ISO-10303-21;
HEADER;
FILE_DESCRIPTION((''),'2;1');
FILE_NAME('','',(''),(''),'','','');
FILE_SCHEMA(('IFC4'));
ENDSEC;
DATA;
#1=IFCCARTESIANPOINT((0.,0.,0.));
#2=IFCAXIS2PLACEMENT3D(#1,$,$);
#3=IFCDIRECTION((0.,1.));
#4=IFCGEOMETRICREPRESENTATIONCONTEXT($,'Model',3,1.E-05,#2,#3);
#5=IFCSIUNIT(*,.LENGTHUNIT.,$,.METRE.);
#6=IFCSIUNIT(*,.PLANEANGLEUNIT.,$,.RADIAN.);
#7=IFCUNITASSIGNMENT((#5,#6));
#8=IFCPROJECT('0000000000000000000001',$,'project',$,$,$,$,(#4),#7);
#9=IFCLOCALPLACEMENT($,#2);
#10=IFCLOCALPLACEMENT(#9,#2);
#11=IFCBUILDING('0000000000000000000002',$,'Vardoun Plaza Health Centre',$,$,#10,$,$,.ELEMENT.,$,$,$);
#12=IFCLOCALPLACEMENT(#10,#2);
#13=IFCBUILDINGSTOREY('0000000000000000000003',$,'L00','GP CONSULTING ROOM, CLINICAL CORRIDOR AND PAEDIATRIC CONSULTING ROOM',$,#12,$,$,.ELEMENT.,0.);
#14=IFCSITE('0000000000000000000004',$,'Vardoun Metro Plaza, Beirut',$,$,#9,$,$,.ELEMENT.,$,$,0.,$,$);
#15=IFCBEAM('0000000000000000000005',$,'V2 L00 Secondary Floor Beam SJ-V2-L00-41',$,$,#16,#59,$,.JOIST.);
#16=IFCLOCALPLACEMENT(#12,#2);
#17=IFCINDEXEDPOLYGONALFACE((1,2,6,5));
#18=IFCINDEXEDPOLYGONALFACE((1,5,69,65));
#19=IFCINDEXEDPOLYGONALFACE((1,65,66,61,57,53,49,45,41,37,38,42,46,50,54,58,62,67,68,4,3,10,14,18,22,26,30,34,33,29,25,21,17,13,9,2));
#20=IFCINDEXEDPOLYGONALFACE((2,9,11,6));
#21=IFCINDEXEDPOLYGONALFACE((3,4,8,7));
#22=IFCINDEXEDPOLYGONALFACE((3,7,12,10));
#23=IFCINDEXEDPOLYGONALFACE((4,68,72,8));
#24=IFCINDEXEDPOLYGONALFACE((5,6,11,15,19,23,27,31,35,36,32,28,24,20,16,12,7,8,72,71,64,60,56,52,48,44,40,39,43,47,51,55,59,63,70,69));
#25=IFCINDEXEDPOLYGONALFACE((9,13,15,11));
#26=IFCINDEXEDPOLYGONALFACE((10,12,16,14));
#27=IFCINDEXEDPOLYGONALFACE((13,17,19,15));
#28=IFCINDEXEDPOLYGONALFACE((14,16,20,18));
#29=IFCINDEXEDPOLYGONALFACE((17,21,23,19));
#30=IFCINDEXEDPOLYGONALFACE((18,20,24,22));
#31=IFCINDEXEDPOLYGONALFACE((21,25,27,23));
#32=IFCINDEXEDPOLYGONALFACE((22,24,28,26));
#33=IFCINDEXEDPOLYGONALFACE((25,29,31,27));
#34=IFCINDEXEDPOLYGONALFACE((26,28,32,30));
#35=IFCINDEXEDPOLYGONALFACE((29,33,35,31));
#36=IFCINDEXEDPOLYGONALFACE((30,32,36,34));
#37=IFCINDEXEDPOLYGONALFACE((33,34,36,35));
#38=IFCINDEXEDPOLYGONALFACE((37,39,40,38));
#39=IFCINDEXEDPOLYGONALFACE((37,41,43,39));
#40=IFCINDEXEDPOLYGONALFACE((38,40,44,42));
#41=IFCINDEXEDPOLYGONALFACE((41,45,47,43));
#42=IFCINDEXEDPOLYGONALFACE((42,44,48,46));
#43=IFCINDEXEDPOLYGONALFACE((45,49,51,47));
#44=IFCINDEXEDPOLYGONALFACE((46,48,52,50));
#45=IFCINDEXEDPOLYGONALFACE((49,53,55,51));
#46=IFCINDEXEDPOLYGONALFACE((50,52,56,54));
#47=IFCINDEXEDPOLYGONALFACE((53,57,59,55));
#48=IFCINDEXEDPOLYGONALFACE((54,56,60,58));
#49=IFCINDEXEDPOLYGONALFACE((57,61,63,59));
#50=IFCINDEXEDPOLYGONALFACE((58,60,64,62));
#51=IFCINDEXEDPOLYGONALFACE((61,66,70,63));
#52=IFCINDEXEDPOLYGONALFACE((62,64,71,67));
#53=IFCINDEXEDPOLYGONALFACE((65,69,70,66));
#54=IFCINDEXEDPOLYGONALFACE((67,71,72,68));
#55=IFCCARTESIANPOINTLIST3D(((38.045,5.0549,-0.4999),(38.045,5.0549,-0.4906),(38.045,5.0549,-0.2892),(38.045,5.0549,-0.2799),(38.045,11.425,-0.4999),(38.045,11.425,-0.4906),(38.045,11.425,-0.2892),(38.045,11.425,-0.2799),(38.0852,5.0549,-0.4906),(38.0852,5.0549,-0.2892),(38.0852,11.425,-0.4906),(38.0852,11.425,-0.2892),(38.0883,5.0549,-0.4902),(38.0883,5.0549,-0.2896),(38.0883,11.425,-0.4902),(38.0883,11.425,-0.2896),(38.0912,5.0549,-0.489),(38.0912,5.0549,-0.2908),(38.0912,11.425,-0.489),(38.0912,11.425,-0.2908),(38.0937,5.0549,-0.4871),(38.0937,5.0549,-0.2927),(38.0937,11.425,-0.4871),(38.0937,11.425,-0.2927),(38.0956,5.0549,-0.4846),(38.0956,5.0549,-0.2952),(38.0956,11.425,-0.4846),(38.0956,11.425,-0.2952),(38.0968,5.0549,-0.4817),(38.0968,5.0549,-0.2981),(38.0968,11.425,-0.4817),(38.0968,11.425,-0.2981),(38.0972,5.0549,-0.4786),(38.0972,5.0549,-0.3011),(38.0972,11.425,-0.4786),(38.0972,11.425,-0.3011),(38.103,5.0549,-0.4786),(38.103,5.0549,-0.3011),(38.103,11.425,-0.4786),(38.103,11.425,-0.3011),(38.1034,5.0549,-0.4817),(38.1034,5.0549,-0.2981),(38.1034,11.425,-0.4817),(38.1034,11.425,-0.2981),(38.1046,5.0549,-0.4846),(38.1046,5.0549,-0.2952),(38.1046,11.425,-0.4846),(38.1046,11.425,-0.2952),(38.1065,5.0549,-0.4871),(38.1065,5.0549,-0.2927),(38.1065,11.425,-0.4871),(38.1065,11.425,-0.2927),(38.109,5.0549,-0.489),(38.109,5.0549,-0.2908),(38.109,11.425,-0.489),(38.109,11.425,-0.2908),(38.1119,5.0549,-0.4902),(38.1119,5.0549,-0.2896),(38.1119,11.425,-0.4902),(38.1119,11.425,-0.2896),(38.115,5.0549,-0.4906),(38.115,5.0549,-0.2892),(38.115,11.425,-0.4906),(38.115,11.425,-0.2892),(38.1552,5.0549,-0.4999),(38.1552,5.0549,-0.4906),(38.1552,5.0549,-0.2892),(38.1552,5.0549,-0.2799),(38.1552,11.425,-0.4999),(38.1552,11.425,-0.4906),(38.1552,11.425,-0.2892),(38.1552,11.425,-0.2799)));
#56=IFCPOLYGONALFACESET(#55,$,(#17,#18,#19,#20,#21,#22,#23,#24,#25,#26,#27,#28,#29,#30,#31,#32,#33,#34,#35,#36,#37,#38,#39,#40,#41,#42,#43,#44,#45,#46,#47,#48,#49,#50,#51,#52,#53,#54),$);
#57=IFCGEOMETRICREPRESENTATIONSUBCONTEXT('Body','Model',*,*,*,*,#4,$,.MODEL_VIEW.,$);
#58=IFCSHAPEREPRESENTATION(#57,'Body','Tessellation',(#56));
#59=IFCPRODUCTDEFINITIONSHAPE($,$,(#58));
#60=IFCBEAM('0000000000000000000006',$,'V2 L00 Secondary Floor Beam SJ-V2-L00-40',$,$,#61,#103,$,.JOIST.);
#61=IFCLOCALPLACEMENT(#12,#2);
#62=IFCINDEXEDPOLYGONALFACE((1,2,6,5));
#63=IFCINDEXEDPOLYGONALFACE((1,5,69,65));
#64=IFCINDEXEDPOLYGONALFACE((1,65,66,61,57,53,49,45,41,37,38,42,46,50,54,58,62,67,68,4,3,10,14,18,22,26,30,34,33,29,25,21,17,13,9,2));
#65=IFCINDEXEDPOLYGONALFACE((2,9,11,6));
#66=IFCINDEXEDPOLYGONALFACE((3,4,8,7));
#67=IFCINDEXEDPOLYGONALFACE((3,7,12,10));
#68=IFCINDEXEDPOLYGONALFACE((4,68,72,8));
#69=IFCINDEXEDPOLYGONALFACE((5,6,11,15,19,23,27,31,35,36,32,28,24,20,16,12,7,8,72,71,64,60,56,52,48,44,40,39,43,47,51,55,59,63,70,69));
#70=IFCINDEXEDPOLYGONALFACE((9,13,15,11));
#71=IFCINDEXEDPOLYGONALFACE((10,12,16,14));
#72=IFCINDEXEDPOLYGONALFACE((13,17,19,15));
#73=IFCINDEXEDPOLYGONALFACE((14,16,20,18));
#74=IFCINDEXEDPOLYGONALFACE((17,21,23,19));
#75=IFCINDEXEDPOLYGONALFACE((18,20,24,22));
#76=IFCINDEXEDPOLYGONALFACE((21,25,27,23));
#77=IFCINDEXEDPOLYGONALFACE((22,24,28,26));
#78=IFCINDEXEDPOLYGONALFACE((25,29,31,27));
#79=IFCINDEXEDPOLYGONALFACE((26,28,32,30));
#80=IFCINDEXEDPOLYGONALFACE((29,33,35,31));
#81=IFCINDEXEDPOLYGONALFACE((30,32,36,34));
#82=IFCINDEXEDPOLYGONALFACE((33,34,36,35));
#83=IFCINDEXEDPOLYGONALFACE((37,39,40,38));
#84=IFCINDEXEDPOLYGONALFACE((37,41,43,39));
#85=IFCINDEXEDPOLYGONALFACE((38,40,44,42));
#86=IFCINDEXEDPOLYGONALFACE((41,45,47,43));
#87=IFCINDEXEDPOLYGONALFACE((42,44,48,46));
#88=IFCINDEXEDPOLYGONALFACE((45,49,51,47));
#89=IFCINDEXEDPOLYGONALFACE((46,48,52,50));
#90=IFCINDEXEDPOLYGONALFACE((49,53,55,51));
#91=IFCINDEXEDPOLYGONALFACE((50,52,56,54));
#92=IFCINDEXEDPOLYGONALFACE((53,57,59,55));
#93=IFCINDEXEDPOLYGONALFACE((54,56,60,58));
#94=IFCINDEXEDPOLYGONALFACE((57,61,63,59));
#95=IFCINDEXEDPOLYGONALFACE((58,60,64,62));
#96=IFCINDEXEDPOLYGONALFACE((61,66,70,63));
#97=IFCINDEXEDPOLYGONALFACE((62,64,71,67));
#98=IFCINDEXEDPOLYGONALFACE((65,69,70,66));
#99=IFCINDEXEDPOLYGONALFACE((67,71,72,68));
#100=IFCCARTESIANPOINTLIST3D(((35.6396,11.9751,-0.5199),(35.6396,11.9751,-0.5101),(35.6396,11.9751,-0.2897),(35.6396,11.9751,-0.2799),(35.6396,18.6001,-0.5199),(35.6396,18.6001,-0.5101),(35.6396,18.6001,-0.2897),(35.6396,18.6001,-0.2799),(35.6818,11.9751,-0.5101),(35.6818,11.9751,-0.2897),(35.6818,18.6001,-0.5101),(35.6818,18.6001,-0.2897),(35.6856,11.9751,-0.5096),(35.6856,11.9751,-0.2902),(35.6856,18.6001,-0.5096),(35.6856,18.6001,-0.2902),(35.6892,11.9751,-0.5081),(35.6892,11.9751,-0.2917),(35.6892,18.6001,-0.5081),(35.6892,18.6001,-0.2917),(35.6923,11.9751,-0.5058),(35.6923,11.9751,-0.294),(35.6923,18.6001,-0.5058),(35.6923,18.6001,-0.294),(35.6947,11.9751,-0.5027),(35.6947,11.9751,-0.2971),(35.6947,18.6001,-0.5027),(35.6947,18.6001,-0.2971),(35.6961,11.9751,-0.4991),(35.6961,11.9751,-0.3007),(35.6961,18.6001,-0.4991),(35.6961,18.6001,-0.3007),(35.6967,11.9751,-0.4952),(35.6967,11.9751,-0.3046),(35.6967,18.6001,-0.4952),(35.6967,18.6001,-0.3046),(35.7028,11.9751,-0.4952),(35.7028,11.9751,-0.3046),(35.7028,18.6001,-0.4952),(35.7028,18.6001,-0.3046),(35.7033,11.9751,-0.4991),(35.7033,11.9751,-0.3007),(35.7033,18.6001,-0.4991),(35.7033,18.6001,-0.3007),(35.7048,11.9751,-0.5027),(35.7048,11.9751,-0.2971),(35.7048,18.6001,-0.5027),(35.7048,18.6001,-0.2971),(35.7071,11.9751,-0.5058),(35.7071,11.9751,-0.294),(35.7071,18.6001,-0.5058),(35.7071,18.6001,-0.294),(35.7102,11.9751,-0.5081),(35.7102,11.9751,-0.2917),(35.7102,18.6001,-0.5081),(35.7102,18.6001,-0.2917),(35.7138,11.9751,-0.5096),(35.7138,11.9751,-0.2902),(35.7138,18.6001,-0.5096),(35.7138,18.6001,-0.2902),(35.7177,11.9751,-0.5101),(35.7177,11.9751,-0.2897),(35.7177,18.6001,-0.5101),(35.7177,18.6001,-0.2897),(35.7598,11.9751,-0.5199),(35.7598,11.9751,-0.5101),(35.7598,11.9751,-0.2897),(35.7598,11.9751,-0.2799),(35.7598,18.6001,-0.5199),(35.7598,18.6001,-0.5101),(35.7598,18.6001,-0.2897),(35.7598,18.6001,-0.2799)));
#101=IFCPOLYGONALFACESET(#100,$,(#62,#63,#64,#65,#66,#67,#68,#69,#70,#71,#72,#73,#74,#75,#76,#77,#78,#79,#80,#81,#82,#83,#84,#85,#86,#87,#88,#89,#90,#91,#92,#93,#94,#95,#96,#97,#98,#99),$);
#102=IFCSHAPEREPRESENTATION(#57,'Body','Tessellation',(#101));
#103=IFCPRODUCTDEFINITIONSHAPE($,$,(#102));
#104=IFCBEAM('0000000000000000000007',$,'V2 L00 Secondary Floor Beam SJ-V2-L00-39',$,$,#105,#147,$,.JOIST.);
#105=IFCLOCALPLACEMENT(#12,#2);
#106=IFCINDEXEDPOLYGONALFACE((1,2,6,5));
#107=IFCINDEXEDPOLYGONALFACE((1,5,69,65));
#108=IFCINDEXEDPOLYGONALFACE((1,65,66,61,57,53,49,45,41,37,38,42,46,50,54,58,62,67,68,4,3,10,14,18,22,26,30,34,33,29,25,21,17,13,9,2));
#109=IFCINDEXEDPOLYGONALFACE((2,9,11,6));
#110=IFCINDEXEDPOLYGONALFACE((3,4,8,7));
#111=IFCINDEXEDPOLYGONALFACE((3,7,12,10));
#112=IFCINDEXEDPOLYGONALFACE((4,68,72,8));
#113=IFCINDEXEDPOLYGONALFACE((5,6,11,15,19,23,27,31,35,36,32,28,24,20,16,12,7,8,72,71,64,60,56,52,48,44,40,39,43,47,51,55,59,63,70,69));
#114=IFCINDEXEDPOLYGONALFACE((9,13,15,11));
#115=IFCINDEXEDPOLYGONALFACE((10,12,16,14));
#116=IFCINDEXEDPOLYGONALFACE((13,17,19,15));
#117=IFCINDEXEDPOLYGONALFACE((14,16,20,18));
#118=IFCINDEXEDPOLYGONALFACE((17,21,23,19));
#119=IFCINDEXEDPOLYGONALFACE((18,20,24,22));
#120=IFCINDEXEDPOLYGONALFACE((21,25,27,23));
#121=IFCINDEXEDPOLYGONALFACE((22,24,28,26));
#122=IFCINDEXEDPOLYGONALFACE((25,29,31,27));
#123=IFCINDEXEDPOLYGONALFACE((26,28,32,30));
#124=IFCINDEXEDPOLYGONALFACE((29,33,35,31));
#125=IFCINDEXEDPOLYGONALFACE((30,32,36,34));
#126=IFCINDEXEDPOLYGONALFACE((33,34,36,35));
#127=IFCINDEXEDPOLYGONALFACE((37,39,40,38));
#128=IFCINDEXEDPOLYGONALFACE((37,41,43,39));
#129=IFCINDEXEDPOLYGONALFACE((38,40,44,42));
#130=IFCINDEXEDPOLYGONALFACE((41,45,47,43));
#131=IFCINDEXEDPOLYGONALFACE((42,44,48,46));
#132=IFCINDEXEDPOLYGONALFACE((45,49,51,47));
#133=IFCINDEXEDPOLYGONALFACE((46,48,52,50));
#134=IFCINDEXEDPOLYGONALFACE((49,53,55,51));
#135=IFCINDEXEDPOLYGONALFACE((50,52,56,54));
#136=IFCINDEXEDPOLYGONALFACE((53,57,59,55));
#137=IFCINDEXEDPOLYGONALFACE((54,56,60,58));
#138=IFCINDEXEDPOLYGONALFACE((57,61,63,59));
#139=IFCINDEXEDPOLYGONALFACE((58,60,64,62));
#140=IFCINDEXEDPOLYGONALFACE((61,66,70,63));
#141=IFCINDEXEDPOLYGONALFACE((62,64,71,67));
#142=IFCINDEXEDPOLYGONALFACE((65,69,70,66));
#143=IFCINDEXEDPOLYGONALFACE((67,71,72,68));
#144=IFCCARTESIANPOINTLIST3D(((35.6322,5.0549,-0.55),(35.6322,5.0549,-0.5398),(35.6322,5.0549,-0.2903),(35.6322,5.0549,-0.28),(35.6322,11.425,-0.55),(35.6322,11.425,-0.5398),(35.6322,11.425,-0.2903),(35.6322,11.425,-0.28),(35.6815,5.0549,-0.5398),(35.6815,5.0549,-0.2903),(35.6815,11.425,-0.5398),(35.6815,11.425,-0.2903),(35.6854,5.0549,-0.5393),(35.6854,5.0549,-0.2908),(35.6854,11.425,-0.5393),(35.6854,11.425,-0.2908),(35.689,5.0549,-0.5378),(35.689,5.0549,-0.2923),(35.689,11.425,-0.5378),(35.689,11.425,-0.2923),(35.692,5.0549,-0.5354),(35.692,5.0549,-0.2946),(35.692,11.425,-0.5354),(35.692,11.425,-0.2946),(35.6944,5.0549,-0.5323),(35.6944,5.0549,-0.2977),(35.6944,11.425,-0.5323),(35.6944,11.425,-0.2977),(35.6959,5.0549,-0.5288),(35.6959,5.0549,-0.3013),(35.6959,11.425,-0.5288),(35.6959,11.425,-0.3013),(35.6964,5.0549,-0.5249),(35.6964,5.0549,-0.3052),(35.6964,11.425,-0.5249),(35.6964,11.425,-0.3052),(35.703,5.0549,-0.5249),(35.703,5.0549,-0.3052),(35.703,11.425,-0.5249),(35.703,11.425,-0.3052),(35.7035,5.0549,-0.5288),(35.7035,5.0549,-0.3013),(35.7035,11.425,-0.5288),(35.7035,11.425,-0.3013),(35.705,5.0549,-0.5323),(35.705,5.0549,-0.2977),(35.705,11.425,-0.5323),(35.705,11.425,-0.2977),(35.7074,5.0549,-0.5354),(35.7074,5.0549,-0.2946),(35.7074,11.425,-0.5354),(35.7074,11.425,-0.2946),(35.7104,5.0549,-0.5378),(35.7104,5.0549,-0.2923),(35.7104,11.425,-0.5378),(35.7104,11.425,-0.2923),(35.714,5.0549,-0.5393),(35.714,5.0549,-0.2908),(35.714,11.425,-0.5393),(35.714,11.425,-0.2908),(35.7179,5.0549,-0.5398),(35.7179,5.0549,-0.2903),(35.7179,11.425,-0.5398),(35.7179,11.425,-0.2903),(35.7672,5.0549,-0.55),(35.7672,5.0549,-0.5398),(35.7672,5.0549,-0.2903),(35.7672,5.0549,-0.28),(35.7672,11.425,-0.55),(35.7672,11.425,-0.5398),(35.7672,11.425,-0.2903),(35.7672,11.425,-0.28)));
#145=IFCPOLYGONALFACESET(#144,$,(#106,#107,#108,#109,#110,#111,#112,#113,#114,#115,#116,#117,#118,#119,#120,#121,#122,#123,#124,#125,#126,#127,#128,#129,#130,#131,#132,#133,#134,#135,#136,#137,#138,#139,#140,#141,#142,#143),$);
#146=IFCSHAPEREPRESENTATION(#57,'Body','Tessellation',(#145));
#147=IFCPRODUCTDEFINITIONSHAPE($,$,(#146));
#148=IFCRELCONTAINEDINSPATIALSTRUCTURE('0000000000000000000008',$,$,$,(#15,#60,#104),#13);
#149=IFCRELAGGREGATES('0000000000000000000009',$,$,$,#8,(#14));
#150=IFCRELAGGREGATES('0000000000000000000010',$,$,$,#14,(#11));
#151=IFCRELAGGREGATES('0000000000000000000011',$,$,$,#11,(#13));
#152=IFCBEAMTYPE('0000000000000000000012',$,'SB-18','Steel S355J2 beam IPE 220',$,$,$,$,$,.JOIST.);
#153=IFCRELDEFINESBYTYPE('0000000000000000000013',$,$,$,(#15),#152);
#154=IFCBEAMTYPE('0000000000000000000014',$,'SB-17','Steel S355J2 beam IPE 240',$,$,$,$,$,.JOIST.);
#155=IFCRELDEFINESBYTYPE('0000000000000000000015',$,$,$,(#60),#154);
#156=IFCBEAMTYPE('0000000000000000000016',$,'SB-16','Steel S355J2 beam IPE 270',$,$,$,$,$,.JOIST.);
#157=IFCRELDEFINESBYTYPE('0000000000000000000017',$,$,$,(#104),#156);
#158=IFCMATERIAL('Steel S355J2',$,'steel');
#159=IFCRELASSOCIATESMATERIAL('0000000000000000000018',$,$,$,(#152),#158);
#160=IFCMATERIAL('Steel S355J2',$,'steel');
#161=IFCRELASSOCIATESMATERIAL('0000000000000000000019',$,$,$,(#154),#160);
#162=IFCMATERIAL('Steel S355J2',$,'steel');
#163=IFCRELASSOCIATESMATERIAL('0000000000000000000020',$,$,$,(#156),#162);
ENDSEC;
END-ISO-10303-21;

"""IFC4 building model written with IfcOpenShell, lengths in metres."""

from ifc_helpers import new_model, si_unit, direction, frame, origin, origin_2d, place, context, subcontext, project, spatial, i_section, extrude, material, material_profile, profile_set, type_object, element, save


model = new_model("IFC4")

# Units and contexts
model_context = context("Model", 3, precision=1e-05, world=origin(), true_north=direction((0.0, 1.0)))
body_context = subcontext(model_context, "Body", "Model", "MODEL_VIEW")
ifc_project = project(units=[si_unit("LENGTHUNIT", "METRE"), si_unit("PLANEANGLEUNIT", "RADIAN")], contexts=[model_context])

# Site, building, storey
site_placement = place(None, origin())
site = spatial("IfcSite", under=ifc_project, at=site_placement, Name="Vardoun Metro Plaza, Beirut", CompositionType="ELEMENT", RefElevation=0.0)
building_placement = place(site_placement, origin())
building = spatial("IfcBuilding", under=site, at=building_placement, Name="Vardoun Plaza Health Centre", CompositionType="ELEMENT")
storey_placement = place(building_placement, origin())
storey = spatial("IfcBuildingStorey", under=building, at=storey_placement, Name="L00", Description="GP CONSULTING ROOM, CLINICAL CORRIDOR AND PAEDIATRIC CONSULTING ROOM", CompositionType="ELEMENT", Elevation=0.0)

# Beams
ifc_material_1 = material(Name="Steel S355J2", Category="steel")
ifc_material_profile_1 = material_profile(ifc_material_1, i_section(OverallWidth=0.1101, OverallDepth=0.22, WebThickness=0.0059, FlangeThickness=0.0093, FilletRadius=0.012, at=origin_2d()), Name="IPE 220")
ifc_profile_set_1 = profile_set([ifc_material_profile_1], Name="Steel S355J2")
beam_type_1 = type_object("IfcBeamType", Name="SB-18", Description="Steel S355J2 beam IPE 220", PredefinedType="JOIST", material=ifc_profile_set_1)
beam_1_placement = place(storey_placement, frame((38.1001, 5.0549, -0.3899), z_axis=(0.0, 1.0, 0.0), x_axis=(-1.0, 0.0, 0.0)))
element("IfcBeam", 1, at=beam_1_placement, inside=storey, type_object=beam_type_1, Name="V2 L00 Secondary Floor Beam SJ-V2-L00-41", PredefinedType="JOIST", context=body_context, shape_type="SweptSolid", body=[
    extrude(i_section(OverallWidth=0.1101, OverallDepth=0.22, WebThickness=0.0059, FlangeThickness=0.0093, FilletRadius=0.012, at=origin_2d()), origin(), (0.0, 0.0, 1.0), 6.3701),
])
ifc_material_2 = material(Name="Steel S355J2", Category="steel")
ifc_material_profile_2 = material_profile(ifc_material_2, i_section(OverallWidth=0.1201, OverallDepth=0.24, WebThickness=0.0061, FlangeThickness=0.0098, FilletRadius=0.0149, at=origin_2d()), Name="IPE 240")
ifc_profile_set_2 = profile_set([ifc_material_profile_2], Name="Steel S355J2")
beam_type_2 = type_object("IfcBeamType", Name="SB-17", Description="Steel S355J2 beam IPE 240", PredefinedType="JOIST", material=ifc_profile_set_2)
beam_2_placement = place(storey_placement, frame((35.6997, 11.9751, -0.3999), z_axis=(0.0, 1.0, 0.0), x_axis=(-1.0, 0.0, 0.0)))
element("IfcBeam", 2, at=beam_2_placement, inside=storey, type_object=beam_type_2, Name="V2 L00 Secondary Floor Beam SJ-V2-L00-40", PredefinedType="JOIST", context=body_context, shape_type="SweptSolid", body=[
    extrude(i_section(OverallWidth=0.1201, OverallDepth=0.24, WebThickness=0.0061, FlangeThickness=0.0098, FilletRadius=0.0149, at=origin_2d()), origin(), (0.0, 0.0, 1.0), 6.625),
])
ifc_material_3 = material(Name="Steel S355J2", Category="steel")
ifc_material_profile_3 = material_profile(ifc_material_3, i_section(OverallWidth=0.135, OverallDepth=0.27, WebThickness=0.0066, FlangeThickness=0.0103, FilletRadius=0.0149, at=origin_2d()), Name="IPE 270")
ifc_profile_set_3 = profile_set([ifc_material_profile_3], Name="Steel S355J2")
beam_type_3 = type_object("IfcBeamType", Name="SB-16", Description="Steel S355J2 beam IPE 270", PredefinedType="JOIST", material=ifc_profile_set_3)
beam_3_placement = place(storey_placement, frame((35.6997, 5.0549, -0.415), z_axis=(0.0, 1.0, 0.0), x_axis=(-1.0, 0.0, 0.0)))
element("IfcBeam", 3, at=beam_3_placement, inside=storey, type_object=beam_type_3, Name="V2 L00 Secondary Floor Beam SJ-V2-L00-39", PredefinedType="JOIST", context=body_context, shape_type="SweptSolid", body=[
    extrude(i_section(OverallWidth=0.135, OverallDepth=0.27, WebThickness=0.0066, FlangeThickness=0.0103, FilletRadius=0.0149, at=origin_2d()), origin(), (0.0, 0.0, 1.0), 6.3701),
])

save(model, "model.ifc")
